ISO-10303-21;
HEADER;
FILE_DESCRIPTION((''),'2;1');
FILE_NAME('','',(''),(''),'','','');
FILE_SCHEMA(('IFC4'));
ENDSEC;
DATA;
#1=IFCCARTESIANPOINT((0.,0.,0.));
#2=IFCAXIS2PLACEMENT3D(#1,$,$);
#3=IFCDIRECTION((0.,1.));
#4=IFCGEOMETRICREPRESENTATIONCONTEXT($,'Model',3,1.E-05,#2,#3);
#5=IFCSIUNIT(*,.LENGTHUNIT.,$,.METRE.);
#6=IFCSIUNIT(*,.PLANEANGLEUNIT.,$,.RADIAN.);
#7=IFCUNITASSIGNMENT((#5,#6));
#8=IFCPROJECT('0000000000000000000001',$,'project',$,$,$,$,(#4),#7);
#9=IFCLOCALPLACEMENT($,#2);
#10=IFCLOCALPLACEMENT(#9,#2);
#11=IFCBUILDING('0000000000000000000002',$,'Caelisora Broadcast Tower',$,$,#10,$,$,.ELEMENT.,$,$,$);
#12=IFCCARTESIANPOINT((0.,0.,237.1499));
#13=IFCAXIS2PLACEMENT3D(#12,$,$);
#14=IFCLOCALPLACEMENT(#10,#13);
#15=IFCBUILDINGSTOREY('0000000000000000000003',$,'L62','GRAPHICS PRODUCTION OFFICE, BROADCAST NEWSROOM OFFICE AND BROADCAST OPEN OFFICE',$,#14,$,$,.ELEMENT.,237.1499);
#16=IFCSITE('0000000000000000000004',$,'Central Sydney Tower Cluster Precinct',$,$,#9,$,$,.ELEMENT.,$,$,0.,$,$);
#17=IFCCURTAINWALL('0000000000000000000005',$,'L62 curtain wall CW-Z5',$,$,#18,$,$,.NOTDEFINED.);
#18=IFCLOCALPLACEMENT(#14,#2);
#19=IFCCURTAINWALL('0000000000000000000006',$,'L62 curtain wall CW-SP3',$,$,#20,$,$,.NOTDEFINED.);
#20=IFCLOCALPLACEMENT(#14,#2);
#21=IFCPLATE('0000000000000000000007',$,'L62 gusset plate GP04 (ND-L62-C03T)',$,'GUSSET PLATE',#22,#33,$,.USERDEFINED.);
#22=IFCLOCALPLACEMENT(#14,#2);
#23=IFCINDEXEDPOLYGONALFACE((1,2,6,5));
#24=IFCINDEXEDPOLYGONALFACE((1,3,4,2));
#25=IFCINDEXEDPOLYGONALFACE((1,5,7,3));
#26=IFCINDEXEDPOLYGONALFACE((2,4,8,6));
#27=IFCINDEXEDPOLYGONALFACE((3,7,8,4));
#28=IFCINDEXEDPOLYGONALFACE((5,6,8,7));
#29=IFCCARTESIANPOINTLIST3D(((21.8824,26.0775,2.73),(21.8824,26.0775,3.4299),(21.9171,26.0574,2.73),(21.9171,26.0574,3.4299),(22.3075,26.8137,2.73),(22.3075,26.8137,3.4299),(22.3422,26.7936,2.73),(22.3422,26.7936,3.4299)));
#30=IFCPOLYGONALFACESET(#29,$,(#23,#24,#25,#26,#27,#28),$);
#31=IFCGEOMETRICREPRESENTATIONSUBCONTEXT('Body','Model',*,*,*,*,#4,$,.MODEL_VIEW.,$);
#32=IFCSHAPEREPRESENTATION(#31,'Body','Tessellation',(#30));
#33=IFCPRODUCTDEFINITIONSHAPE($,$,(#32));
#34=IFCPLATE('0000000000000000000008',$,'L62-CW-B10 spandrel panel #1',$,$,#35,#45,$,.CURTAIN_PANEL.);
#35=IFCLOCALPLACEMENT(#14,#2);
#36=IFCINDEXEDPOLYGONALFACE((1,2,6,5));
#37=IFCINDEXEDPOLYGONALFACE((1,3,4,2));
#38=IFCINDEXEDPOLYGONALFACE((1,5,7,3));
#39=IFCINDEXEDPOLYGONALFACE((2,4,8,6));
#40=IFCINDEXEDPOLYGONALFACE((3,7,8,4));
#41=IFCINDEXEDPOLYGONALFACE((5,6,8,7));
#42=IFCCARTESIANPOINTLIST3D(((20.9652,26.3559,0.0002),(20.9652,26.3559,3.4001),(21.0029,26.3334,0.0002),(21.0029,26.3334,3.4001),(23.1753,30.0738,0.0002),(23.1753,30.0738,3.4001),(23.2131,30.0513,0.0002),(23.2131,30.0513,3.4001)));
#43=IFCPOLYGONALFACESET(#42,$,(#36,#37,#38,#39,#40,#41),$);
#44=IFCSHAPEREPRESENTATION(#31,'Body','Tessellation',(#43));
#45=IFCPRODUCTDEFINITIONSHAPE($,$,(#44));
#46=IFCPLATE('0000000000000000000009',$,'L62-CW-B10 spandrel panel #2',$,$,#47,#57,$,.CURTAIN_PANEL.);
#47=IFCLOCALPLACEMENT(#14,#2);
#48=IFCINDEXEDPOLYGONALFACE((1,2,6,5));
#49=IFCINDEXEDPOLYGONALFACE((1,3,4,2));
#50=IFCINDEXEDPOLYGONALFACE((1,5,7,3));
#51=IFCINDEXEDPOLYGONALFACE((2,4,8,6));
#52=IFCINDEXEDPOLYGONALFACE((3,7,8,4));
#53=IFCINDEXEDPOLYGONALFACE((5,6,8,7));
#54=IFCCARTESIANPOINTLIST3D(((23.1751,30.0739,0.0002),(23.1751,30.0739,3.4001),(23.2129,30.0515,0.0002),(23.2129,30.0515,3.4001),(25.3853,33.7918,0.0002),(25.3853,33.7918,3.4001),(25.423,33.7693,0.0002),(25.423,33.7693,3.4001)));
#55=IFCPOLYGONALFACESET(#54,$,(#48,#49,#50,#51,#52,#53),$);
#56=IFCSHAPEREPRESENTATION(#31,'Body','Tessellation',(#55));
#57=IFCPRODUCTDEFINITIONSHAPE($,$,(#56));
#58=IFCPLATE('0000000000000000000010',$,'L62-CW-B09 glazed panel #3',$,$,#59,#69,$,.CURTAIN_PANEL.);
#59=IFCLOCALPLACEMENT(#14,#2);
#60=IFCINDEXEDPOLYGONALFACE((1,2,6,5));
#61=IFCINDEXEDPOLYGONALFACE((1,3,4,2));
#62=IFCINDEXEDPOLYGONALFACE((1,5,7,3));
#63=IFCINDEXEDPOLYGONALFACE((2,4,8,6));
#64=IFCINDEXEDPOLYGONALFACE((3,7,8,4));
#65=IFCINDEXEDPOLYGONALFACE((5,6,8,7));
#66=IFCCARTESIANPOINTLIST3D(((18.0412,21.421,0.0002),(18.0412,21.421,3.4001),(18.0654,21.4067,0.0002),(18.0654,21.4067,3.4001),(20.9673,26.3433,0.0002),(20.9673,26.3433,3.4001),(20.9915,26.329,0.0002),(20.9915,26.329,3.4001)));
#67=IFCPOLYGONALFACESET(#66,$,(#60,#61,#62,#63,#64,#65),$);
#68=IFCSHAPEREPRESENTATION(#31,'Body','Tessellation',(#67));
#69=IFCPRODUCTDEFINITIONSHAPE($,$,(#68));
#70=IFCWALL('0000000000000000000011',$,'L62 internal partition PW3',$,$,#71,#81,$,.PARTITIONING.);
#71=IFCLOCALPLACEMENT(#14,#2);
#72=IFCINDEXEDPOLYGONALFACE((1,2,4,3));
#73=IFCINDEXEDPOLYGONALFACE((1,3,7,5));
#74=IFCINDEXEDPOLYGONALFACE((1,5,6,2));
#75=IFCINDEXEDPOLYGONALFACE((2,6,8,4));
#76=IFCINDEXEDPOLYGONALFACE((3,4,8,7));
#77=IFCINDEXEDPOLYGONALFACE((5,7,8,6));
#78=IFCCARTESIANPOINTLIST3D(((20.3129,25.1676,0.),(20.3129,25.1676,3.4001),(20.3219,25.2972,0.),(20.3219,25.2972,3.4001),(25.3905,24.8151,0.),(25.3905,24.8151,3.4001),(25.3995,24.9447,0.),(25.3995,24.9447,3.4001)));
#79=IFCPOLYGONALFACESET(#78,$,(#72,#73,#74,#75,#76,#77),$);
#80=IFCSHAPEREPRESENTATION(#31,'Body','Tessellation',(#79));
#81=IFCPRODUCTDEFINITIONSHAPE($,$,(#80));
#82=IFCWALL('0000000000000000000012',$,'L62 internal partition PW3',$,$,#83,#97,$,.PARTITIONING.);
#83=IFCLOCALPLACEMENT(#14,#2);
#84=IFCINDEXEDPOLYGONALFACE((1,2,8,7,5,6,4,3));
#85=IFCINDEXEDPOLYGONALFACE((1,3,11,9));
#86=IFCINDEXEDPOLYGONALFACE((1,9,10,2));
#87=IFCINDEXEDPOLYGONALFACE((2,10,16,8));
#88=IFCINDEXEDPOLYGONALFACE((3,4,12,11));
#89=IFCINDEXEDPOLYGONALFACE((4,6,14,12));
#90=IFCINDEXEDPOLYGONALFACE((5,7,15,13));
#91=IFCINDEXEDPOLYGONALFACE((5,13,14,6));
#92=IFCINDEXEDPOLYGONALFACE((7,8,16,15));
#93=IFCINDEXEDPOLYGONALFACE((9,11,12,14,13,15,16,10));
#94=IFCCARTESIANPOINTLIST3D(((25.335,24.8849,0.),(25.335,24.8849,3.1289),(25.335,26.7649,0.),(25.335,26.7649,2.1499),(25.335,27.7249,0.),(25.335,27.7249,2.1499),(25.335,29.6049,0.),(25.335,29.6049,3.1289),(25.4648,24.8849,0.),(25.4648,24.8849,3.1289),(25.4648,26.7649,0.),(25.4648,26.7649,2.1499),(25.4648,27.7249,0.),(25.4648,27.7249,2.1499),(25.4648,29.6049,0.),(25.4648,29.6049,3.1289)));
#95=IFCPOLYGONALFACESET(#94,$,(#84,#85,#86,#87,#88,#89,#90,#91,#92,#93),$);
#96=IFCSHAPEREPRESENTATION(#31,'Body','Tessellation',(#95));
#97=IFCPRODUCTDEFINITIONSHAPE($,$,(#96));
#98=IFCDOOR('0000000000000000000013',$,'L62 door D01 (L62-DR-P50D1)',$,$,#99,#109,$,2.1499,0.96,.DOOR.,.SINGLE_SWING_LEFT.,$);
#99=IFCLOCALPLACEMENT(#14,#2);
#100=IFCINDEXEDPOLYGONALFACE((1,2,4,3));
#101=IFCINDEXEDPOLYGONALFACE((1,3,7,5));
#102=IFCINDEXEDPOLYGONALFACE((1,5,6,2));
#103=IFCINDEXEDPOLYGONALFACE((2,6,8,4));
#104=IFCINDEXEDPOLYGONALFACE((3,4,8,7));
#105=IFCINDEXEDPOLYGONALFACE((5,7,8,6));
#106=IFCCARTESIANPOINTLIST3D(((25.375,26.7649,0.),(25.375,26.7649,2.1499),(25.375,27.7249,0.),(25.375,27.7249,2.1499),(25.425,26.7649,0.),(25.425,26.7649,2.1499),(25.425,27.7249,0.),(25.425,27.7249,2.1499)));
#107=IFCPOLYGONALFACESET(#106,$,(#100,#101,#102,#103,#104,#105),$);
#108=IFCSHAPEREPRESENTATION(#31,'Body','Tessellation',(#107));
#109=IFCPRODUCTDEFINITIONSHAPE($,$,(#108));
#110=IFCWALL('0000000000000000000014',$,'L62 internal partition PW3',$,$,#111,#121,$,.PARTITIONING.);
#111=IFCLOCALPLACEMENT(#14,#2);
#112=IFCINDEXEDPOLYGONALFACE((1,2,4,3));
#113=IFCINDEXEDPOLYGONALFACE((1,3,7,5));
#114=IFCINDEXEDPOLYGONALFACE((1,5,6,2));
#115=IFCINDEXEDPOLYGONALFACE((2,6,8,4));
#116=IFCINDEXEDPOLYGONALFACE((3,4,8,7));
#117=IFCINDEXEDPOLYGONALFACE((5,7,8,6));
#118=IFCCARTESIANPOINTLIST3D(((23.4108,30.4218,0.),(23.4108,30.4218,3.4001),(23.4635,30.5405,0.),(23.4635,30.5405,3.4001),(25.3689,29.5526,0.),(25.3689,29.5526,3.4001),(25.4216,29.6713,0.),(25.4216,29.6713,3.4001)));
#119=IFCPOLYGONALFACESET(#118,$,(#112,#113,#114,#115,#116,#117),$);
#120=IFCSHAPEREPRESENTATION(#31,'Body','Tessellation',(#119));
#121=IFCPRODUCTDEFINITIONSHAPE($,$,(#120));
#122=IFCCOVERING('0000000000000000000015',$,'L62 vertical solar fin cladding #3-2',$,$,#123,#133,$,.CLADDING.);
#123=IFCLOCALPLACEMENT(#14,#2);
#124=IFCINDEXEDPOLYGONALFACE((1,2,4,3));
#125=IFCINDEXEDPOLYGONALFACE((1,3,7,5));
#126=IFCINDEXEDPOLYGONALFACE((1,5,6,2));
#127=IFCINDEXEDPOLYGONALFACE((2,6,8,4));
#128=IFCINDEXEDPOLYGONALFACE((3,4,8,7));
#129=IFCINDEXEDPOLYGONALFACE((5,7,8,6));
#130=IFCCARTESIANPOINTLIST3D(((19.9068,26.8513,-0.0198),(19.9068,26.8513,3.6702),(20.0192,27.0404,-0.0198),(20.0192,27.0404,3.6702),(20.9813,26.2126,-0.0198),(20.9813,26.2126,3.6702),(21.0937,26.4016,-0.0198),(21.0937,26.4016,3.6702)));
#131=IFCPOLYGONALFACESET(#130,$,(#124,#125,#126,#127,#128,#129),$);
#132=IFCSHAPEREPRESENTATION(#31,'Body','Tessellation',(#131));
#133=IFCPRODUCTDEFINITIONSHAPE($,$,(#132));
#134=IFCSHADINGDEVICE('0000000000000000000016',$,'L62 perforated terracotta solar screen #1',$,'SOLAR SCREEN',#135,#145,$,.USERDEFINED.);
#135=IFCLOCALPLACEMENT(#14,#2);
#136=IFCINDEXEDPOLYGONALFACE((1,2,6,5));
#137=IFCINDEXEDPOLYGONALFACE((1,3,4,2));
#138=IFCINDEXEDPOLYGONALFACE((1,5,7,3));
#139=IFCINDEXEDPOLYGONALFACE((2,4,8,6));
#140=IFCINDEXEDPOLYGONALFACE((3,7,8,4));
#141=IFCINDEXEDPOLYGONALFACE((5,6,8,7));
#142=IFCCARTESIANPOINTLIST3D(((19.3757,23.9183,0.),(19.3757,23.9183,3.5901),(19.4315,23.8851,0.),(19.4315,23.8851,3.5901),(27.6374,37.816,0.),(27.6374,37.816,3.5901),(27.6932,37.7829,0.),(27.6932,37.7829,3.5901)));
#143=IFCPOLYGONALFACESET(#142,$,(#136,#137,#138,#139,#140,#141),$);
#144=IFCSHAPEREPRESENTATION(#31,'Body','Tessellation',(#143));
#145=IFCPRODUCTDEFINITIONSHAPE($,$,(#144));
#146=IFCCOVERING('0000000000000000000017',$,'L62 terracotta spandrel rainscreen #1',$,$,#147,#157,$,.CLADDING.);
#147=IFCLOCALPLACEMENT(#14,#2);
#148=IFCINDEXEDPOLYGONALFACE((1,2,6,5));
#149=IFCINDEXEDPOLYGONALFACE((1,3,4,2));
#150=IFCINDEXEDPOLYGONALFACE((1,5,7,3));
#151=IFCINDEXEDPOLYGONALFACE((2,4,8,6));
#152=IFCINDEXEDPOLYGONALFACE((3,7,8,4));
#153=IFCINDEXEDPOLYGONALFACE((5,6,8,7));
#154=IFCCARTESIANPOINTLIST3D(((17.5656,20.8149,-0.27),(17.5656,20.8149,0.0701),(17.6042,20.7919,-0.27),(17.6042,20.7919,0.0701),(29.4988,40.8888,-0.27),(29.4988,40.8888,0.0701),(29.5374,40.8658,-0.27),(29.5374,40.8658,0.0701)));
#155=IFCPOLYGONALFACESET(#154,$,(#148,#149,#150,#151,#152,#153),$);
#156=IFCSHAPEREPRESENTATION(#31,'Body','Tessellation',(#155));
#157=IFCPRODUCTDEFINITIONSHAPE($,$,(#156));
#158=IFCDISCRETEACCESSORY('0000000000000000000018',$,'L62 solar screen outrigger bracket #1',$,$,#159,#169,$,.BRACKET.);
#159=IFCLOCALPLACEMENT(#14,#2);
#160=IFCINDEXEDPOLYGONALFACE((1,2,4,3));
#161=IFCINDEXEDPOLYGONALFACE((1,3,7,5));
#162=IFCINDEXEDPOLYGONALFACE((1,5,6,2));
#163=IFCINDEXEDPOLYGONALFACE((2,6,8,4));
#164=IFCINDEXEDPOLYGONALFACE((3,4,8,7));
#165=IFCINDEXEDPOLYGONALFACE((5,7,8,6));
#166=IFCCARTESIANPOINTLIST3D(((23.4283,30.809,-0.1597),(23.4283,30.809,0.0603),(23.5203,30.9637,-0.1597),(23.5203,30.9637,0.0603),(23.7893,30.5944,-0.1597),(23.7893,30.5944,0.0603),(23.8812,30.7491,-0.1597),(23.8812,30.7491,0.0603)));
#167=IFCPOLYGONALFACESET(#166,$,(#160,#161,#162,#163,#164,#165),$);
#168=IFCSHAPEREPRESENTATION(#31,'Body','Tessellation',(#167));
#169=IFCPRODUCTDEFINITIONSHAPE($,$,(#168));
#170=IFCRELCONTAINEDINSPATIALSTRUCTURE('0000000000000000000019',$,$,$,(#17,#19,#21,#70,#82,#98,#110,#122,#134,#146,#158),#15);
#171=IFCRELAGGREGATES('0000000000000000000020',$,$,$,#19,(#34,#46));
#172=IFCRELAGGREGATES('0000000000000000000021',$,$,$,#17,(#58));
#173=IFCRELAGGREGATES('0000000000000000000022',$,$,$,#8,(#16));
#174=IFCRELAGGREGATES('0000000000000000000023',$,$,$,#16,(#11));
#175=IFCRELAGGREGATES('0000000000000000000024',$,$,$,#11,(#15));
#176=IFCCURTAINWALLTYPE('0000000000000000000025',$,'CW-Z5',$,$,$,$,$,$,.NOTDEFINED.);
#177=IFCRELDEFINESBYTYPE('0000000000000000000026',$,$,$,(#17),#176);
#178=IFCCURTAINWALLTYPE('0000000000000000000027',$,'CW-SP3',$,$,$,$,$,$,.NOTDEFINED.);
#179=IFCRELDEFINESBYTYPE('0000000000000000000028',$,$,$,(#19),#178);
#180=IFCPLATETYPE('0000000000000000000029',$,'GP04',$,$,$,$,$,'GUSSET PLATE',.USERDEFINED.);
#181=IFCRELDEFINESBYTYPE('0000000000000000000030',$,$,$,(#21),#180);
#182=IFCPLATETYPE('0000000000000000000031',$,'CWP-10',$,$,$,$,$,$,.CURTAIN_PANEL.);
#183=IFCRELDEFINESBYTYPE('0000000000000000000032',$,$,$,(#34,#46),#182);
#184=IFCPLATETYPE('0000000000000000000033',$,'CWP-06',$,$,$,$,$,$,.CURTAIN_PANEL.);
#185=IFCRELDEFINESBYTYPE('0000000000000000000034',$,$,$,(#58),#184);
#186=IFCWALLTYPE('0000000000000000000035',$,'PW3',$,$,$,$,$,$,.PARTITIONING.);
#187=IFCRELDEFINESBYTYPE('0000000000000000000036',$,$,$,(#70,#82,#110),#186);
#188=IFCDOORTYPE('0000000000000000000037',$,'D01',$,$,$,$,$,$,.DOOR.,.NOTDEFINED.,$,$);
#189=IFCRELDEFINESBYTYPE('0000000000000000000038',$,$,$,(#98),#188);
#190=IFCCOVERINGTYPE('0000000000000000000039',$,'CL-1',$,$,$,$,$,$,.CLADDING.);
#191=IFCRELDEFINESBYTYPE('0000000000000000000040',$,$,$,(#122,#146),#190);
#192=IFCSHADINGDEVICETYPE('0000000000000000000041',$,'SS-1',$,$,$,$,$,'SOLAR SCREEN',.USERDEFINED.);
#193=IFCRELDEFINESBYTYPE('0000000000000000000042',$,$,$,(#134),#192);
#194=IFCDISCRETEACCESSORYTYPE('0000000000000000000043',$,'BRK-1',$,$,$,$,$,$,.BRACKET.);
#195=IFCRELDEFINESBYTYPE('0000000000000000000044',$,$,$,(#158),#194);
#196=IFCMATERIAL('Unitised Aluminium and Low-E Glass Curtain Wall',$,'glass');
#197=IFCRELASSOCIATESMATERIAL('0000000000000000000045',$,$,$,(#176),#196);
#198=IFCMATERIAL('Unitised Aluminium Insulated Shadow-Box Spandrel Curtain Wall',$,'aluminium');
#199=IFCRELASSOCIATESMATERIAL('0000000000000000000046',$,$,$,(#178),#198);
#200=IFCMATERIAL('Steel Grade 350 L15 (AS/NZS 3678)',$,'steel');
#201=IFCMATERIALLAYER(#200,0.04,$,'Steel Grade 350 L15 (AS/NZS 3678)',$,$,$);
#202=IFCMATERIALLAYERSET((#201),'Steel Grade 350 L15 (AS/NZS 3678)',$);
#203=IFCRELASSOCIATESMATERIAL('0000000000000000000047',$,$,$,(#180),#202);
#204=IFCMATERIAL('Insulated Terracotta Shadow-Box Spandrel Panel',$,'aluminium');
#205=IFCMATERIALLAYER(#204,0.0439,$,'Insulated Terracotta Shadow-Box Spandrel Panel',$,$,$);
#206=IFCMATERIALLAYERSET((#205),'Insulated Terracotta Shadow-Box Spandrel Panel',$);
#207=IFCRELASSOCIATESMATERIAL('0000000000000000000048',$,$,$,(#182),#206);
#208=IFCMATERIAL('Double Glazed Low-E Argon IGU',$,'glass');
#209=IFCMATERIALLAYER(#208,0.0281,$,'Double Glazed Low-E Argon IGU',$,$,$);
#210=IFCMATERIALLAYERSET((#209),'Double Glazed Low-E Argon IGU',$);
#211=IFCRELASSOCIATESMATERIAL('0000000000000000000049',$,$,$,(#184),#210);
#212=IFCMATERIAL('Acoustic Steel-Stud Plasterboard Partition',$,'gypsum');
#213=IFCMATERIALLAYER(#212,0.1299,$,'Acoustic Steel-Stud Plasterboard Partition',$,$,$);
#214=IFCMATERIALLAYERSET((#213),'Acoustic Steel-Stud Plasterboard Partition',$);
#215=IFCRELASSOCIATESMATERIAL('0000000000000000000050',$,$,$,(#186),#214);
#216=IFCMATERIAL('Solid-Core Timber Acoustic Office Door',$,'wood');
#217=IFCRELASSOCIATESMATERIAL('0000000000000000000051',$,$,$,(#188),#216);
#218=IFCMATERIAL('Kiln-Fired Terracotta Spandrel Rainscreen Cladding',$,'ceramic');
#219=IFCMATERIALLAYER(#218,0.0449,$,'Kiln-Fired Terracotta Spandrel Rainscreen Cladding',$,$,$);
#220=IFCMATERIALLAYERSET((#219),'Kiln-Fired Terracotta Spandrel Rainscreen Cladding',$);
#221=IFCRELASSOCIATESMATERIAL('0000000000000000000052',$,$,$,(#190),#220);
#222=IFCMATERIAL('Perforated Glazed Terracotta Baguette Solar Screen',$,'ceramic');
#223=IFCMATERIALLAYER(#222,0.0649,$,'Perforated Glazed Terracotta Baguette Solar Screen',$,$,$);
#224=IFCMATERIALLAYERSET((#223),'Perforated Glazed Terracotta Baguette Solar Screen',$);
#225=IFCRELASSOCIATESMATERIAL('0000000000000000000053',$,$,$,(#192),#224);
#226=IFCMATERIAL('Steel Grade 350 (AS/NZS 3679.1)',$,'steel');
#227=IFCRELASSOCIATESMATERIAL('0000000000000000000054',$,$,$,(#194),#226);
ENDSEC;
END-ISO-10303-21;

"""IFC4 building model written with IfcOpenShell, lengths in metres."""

from ifc_helpers import new_model, si_unit, direction, frame, frame_2d, origin, origin_2d, place, context, subcontext, project, spatial, rectangle, extrude, source, transform, mapped, material, layer, layer_set, type_object, type_shapes, element, fill, aggregate, save


model = new_model("IFC4")

# Units and contexts
model_context = context("Model", 3, precision=1e-05, world=origin(), true_north=direction((0.0, 1.0)))
body_context = subcontext(model_context, "Body", "Model", "MODEL_VIEW")
ifc_project = project(units=[si_unit("LENGTHUNIT", "METRE"), si_unit("PLANEANGLEUNIT", "RADIAN")], contexts=[model_context])

# Site, building, storey
site_placement = place(None, origin())
site = spatial("IfcSite", under=ifc_project, at=site_placement, Name="Central Sydney Tower Cluster Precinct", CompositionType="ELEMENT", RefElevation=0.0)
building_placement = place(site_placement, origin())
building = spatial("IfcBuilding", under=site, at=building_placement, Name="Caelisora Broadcast Tower", CompositionType="ELEMENT")
storey_placement = place(building_placement, frame((0.0, 0.0, 237.1499)))
storey = spatial("IfcBuildingStorey", under=building, at=storey_placement, Name="L62", Description="GRAPHICS PRODUCTION OFFICE, BROADCAST NEWSROOM OFFICE AND BROADCAST OPEN OFFICE", CompositionType="ELEMENT", Elevation=237.1499)

# Shared definitions
ifc_material_1 = material(Name="Steel Grade 350 L15 (AS/NZS 3678)", Category="steel")

# Shared definitions
ifc_material_2 = material(Name="Steel Grade 350 (AS/NZS 3679.1)", Category="steel")

# Curtain wall
ifc_material_3 = material(Name="Unitised Aluminium and Low-E Glass Curtain Wall", Category="glass")
curtain_wall_type_1 = type_object("IfcCurtainWallType", Name="CW-Z5", PredefinedType="NOTDEFINED", material=ifc_material_3)
curtain_wall_1_placement = place(storey_placement, origin())
curtain_wall_1 = element("IfcCurtainWall", 1, at=curtain_wall_1_placement, inside=storey, type_object=curtain_wall_type_1, Name="L62 curtain wall CW-Z5", PredefinedType="NOTDEFINED")

# Curtain wall
ifc_material_4 = material(Name="Unitised Aluminium Insulated Shadow-Box Spandrel Curtain Wall", Category="aluminium")
curtain_wall_type_2 = type_object("IfcCurtainWallType", Name="CW-SP3", PredefinedType="NOTDEFINED", material=ifc_material_4)
curtain_wall_2_placement = place(storey_placement, origin())
curtain_wall_2 = element("IfcCurtainWall", 2, at=curtain_wall_2_placement, inside=storey, type_object=curtain_wall_type_2, Name="L62 curtain wall CW-SP3", PredefinedType="NOTDEFINED")

# Plates
ifc_layer_1 = layer(ifc_material_1, 0.04, Name="Steel Grade 350 L15 (AS/NZS 3678)")
ifc_layer_set_1 = layer_set([ifc_layer_1], Name="Steel Grade 350 L15 (AS/NZS 3678)")
plate_type_1 = type_object("IfcPlateType", Name="GP04", ElementType="GUSSET PLATE", PredefinedType="USERDEFINED", material=ifc_layer_set_1)
shared_shape_1 = source(origin(), body_context, "Body", "SweptSolid", [
    extrude(rectangle(XDim=0.8501, YDim=0.04, at=origin_2d()), origin(), (0.0, 0.0, 1.0), 0.7),
])
type_shapes(plate_type_1, [shared_shape_1])
plate_1_placement = place(storey_placement, frame((22.1123, 26.4355, 2.73), z_axis=(0.0, 0.0, 1.0), x_axis=(-0.5, -0.866025, 0.0)))
element("IfcPlate", 3, at=plate_1_placement, inside=storey, type_object=plate_type_1, Name="L62 gusset plate GP04 (ND-L62-C03T)", ObjectType="GUSSET PLATE", PredefinedType="USERDEFINED", context=body_context, shape_type="MappedRepresentation", body=[
    mapped(shared_shape_1, transform((0.0, 0.0, 0.0), scale=1.0)),
])
ifc_material_5 = material(Name="Insulated Terracotta Shadow-Box Spandrel Panel", Category="aluminium")
ifc_layer_2 = layer(ifc_material_5, 0.0439, Name="Insulated Terracotta Shadow-Box Spandrel Panel")
ifc_layer_set_2 = layer_set([ifc_layer_2], Name="Insulated Terracotta Shadow-Box Spandrel Panel")
plate_type_2 = type_object("IfcPlateType", Name="CWP-10", PredefinedType="CURTAIN_PANEL", material=ifc_layer_set_2)
shared_shape_2 = source(origin(), body_context, "Body", "SweptSolid", [
    extrude(rectangle(XDim=4.3252, YDim=0.0439, at=origin_2d()), origin(), (0.0, 0.0, 1.0), 3.3999),
])
type_shapes(plate_type_2, [shared_shape_2])
plate_2_placement = place(storey_placement, frame((22.0891, 28.2036, 0.0002), z_axis=(0.0, 0.0, 1.0), x_axis=(0.510993, 0.859585, 0.0)))
plate_2 = element("IfcPlate", 4, at=plate_2_placement, type_object=plate_type_2, Name="L62-CW-B10 spandrel panel #1", PredefinedType="CURTAIN_PANEL", context=body_context, shape_type="MappedRepresentation", body=[
    mapped(shared_shape_2, transform((0.0, 0.0, 0.0), scale=1.0)),
])
plate_3_placement = place(storey_placement, frame((24.2991, 31.9216, 0.0002), z_axis=(0.0, 0.0, 1.0), x_axis=(0.510993, 0.859585, 0.0)))
plate_3 = element("IfcPlate", 5, at=plate_3_placement, type_object=plate_type_2, Name="L62-CW-B10 spandrel panel #2", PredefinedType="CURTAIN_PANEL", context=body_context, shape_type="MappedRepresentation", body=[
    mapped(shared_shape_2, transform((0.0, 0.0, 0.0), scale=1.0)),
])
aggregate(curtain_wall_2, [plate_2, plate_3])
ifc_material_6 = material(Name="Double Glazed Low-E Argon IGU", Category="glass")
ifc_layer_3 = layer(ifc_material_6, 0.0281, Name="Double Glazed Low-E Argon IGU")
ifc_layer_set_3 = layer_set([ifc_layer_3], Name="Double Glazed Low-E Argon IGU")
plate_type_3 = type_object("IfcPlateType", Name="CWP-06", PredefinedType="CURTAIN_PANEL", material=ifc_layer_set_3)
shared_shape_3 = source(origin(), body_context, "Body", "SweptSolid", [
    extrude(rectangle(XDim=5.7263, YDim=0.0281, at=origin_2d()), origin(), (0.0, 0.0, 1.0), 3.3999),
])
type_shapes(plate_type_3, [shared_shape_3])
plate_4_placement = place(storey_placement, frame((19.5164, 23.875, 0.0002), z_axis=(0.0, 0.0, 1.0), x_axis=(0.510993, 0.859585, 0.0)))
plate_4 = element("IfcPlate", 6, at=plate_4_placement, type_object=plate_type_3, Name="L62-CW-B09 glazed panel #3", PredefinedType="CURTAIN_PANEL", context=body_context, shape_type="MappedRepresentation", body=[
    mapped(shared_shape_3, transform((0.0, 0.0, 0.0), scale=1.0)),
])
aggregate(curtain_wall_1, [plate_4])

# Wall
ifc_material_7 = material(Name="Acoustic Steel-Stud Plasterboard Partition", Category="gypsum")
ifc_layer_4 = layer(ifc_material_7, 0.1299, Name="Acoustic Steel-Stud Plasterboard Partition")
ifc_layer_set_4 = layer_set([ifc_layer_4], Name="Acoustic Steel-Stud Plasterboard Partition")
wall_type = type_object("IfcWallType", Name="PW3", PredefinedType="PARTITIONING", material=ifc_layer_set_4)
wall_1_placement = place(storey_placement, frame((20.3174, 25.2324, 0.0), z_axis=(0.0, 0.0, 1.0), x_axis=(0.997598, -0.069263, 0.0)))
element("IfcWall", 7, at=wall_1_placement, inside=storey, type_object=wall_type, Name="L62 internal partition PW3", PredefinedType="PARTITIONING", context=body_context, shape_type="SweptSolid", body=[
    extrude(rectangle(XDim=5.0898, YDim=0.1299, at=frame_2d((2.5449, 0.0))), origin(), (0.0, 0.0, 1.0), 3.4001),
])

# Wall, opening, door
wall_2_placement = place(storey_placement, frame((25.3999, 24.885, 0.0), z_axis=(0.0, 0.0, 1.0), x_axis=(0.0, 1.0, 0.0)))
wall_2 = element("IfcWall", 8, at=wall_2_placement, inside=storey, type_object=wall_type, Name="L62 internal partition PW3", PredefinedType="PARTITIONING", context=body_context, shape_type="SweptSolid", body=[
    extrude(rectangle(XDim=4.72, YDim=0.1299, at=frame_2d((2.3599, 0.0))), origin(), (0.0, 0.0, 1.0), 3.1289),
])
opening_placement = place(wall_2_placement, frame((1.8799, 0.0, 0.0)))
opening = element("IfcOpeningElement", 9, at=opening_placement, cuts=wall_2, PredefinedType="OPENING", context=body_context, shape_type="SweptSolid", body=[
    extrude(rectangle(XDim=0.96, YDim=2.1499, at=frame_2d((0.48, 1.075))), frame((0.0, 0.0769, 0.0), z_axis=(0.0, -1.0, 0.0), x_axis=(1.0, 0.0, 0.0)), (0.0, 0.0, 1.0), 0.1538),
])
ifc_material_8 = material(Name="Solid-Core Timber Acoustic Office Door", Category="wood")
door_type = type_object("IfcDoorType", Name="D01", OperationType="NOTDEFINED", PredefinedType="DOOR", material=ifc_material_8)
door_placement = place(opening_placement, origin())
door = element("IfcDoor", 10, at=door_placement, inside=storey, type_object=door_type, Name="L62 door D01 (L62-DR-P50D1)", OperationType="SINGLE_SWING_LEFT", OverallHeight=2.1499, OverallWidth=0.96, PredefinedType="DOOR", context=body_context, shape_type="SweptSolid", body=[
    extrude(rectangle(XDim=0.96, YDim=2.1499, at=frame_2d((0.48, 1.075))), frame((0.0, 0.0249, 0.0), z_axis=(0.0, -1.0, 0.0), x_axis=(1.0, 0.0, 0.0)), (0.0, 0.0, 1.0), 0.05),
])
fill(opening, door)

# Wall
wall_3_placement = place(storey_placement, frame((23.437, 30.4812, 0.0), z_axis=(0.0, 0.0, 1.0), x_axis=(0.913999, -0.405715, 0.0)))
element("IfcWall", 11, at=wall_3_placement, inside=storey, type_object=wall_type, Name="L62 internal partition PW3", PredefinedType="PARTITIONING", context=body_context, shape_type="SweptSolid", body=[
    extrude(rectangle(XDim=2.1423, YDim=0.1299, at=frame_2d((1.0713, 0.0))), origin(), (0.0, 0.0, 1.0), 3.4001),
])

# Covering
ifc_material_9 = material(Name="Kiln-Fired Terracotta Spandrel Rainscreen Cladding", Category="ceramic")
ifc_layer_5 = layer(ifc_material_9, 0.0449, Name="Kiln-Fired Terracotta Spandrel Rainscreen Cladding")
ifc_layer_set_5 = layer_set([ifc_layer_5], Name="Kiln-Fired Terracotta Spandrel Rainscreen Cladding")
covering_type = type_object("IfcCoveringType", Name="CL-1", PredefinedType="CLADDING", material=ifc_layer_set_5)
shared_shape_4 = source(origin(), body_context, "Body", "SweptSolid", [
    extrude(rectangle(XDim=0.22, YDim=1.25, at=origin_2d()), origin(), (0.0, 0.0, 1.0), 3.6899),
])
covering_1_placement = place(storey_placement, frame((20.5002, 26.6265, -0.0198), z_axis=(0.0, 0.0, 1.0), x_axis=(0.510993, 0.859585, 0.0)))
element("IfcCovering", 12, at=covering_1_placement, inside=storey, type_object=covering_type, Name="L62 vertical solar fin cladding #3-2", PredefinedType="CLADDING", context=body_context, shape_type="MappedRepresentation", body=[
    mapped(shared_shape_4, transform((0.0, 0.0, 0.0), scale=1.0)),
])

# Shading device
ifc_material_10 = material(Name="Perforated Glazed Terracotta Baguette Solar Screen", Category="ceramic")
ifc_layer_6 = layer(ifc_material_10, 0.0649, Name="Perforated Glazed Terracotta Baguette Solar Screen")
ifc_layer_set_6 = layer_set([ifc_layer_6], Name="Perforated Glazed Terracotta Baguette Solar Screen")
shading_device_type = type_object("IfcShadingDeviceType", Name="SS-1", ElementType="SOLAR SCREEN", PredefinedType="USERDEFINED", material=ifc_layer_set_6)
shared_shape_5 = source(origin(), body_context, "Body", "SweptSolid", [
    extrude(rectangle(XDim=16.168, YDim=0.0649, at=origin_2d()), origin(), (0.0, 0.0, 1.0), 3.5901),
])
type_shapes(shading_device_type, [shared_shape_5])
shading_device_placement = place(storey_placement, frame((23.5344, 30.8506, 0.0), z_axis=(0.0, 0.0, 1.0), x_axis=(-0.510993, -0.859585, 0.0)))
element("IfcShadingDevice", 13, at=shading_device_placement, inside=storey, type_object=shading_device_type, Name="L62 perforated terracotta solar screen #1", ObjectType="SOLAR SCREEN", PredefinedType="USERDEFINED", context=body_context, shape_type="MappedRepresentation", body=[
    mapped(shared_shape_5, transform((0.0, 0.0, 0.0), scale=1.0)),
])

# Covering
shared_shape_6 = source(origin(), body_context, "Body", "SweptSolid", [
    extrude(rectangle(XDim=23.353, YDim=0.0449, at=origin_2d()), origin(), (0.0, 0.0, 1.0), 0.3401),
])
type_shapes(covering_type, [shared_shape_4, shared_shape_6])
covering_2_placement = place(storey_placement, frame((23.5515, 30.8403, -0.27), z_axis=(0.0, 0.0, 1.0), x_axis=(-0.510993, -0.859585, 0.0)))
element("IfcCovering", 14, at=covering_2_placement, inside=storey, type_object=covering_type, Name="L62 terracotta spandrel rainscreen #1", PredefinedType="CLADDING", context=body_context, shape_type="MappedRepresentation", body=[
    mapped(shared_shape_6, transform((0.0, 0.0, 0.0), scale=1.0)),
])

# Discrete accessory
discrete_accessory_type = type_object("IfcDiscreteAccessoryType", Name="BRK-1", PredefinedType="BRACKET", material=ifc_material_2)
shared_shape_7 = source(origin(), body_context, "Body", "SweptSolid", [
    extrude(rectangle(XDim=0.1799, YDim=0.4199, at=origin_2d()), origin(), (0.0, 0.0, 1.0), 0.22),
])
type_shapes(discrete_accessory_type, [shared_shape_7])
discrete_accessory_placement = place(storey_placement, frame((23.6548, 30.7791, -0.1597), z_axis=(0.0, 0.0, 1.0), x_axis=(-0.510993, -0.859585, 0.0)))
element("IfcDiscreteAccessory", 15, at=discrete_accessory_placement, inside=storey, type_object=discrete_accessory_type, Name="L62 solar screen outrigger bracket #1", PredefinedType="BRACKET", context=body_context, shape_type="MappedRepresentation", body=[
    mapped(shared_shape_7, transform((0.0, 0.0, 0.0), scale=1.0)),
])

save(model, "model.ifc")
